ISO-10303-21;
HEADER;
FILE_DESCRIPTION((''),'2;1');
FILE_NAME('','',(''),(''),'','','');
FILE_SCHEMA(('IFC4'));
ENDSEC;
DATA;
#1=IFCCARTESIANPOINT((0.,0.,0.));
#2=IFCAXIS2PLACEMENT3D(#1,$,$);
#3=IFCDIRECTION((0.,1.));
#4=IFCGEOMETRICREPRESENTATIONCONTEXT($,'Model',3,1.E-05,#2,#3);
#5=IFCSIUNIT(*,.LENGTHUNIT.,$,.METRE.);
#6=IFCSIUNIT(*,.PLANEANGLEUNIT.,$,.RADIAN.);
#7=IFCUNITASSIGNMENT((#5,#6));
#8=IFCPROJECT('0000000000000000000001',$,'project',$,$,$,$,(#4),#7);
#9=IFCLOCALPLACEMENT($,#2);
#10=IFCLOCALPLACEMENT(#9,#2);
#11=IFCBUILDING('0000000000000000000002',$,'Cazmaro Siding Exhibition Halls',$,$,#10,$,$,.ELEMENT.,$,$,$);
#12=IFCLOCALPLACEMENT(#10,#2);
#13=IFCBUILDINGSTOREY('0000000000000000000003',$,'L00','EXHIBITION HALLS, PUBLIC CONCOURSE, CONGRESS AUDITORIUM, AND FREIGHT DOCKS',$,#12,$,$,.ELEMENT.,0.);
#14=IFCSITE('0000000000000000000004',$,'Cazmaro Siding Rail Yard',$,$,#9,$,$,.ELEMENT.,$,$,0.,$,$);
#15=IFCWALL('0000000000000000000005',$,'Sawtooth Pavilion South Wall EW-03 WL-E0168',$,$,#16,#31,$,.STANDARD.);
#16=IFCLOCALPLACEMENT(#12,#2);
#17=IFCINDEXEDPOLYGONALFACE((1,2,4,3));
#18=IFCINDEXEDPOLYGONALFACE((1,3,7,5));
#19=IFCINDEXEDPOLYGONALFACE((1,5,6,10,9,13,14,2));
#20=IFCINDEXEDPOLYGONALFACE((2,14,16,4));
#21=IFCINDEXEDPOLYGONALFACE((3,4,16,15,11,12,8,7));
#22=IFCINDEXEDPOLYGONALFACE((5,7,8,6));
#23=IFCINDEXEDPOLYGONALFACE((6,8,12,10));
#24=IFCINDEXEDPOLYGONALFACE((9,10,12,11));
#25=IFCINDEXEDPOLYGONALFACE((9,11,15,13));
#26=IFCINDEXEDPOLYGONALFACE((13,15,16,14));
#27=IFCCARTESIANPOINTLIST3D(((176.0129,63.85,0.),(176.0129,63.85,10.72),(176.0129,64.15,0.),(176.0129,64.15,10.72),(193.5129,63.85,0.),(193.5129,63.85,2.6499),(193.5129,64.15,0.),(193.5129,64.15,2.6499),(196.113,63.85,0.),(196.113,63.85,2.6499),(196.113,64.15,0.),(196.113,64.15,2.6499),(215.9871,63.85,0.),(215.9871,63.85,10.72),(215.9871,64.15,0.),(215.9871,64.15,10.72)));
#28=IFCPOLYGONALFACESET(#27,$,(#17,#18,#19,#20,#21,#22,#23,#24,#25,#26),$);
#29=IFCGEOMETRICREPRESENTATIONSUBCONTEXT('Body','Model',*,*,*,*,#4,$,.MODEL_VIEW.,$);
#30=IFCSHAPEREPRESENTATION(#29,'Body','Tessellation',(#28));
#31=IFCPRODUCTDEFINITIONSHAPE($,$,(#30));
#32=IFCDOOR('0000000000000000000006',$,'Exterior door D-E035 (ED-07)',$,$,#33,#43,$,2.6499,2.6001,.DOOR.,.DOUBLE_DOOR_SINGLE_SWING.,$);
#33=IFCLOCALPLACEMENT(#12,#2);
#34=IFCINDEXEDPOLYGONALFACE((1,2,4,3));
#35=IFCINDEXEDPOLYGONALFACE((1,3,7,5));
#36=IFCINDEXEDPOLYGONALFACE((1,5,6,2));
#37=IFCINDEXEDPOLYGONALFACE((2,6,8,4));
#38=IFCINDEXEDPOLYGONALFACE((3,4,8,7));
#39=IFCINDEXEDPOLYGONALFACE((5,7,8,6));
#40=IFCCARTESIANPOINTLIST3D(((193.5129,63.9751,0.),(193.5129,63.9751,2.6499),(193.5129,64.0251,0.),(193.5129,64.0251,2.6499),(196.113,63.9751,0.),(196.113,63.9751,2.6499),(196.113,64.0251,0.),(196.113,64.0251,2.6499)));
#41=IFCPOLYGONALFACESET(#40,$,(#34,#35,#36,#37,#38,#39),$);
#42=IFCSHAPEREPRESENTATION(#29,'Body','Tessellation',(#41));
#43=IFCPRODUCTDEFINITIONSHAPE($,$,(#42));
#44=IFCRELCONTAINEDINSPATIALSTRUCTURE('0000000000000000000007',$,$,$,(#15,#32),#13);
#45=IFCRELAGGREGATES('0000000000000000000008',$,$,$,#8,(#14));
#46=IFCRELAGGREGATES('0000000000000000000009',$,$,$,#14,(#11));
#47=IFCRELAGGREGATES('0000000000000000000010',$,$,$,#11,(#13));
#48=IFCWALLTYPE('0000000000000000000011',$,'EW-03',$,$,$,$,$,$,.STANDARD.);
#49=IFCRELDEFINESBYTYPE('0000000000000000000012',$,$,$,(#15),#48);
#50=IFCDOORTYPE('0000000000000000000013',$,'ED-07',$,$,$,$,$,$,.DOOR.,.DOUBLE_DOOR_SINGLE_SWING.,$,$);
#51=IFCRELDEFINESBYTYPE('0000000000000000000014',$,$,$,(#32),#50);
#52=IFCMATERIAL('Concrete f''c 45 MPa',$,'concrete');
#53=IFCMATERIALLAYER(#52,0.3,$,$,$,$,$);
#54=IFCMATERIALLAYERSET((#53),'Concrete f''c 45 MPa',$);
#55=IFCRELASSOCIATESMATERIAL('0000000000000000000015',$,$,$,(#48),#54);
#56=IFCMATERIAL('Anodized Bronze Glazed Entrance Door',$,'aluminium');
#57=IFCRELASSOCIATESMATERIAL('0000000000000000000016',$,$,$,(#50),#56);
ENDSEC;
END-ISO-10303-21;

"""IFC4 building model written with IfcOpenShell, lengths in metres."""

from ifc_helpers import new_model, si_unit, direction, frame, frame_2d, origin, place, context, subcontext, project, spatial, rectangle, extrude, material, layer, layer_set, type_object, element, fill, save


model = new_model("IFC4")

# Units and contexts
model_context = context("Model", 3, precision=1e-05, world=origin(), true_north=direction((0.0, 1.0)))
body_context = subcontext(model_context, "Body", "Model", "MODEL_VIEW")
ifc_project = project(units=[si_unit("LENGTHUNIT", "METRE"), si_unit("PLANEANGLEUNIT", "RADIAN")], contexts=[model_context])

# Site, building, storey
site_placement = place(None, origin())
site = spatial("IfcSite", under=ifc_project, at=site_placement, Name="Cazmaro Siding Rail Yard", CompositionType="ELEMENT", RefElevation=0.0)
building_placement = place(site_placement, origin())
building = spatial("IfcBuilding", under=site, at=building_placement, Name="Cazmaro Siding Exhibition Halls", CompositionType="ELEMENT")
storey_placement = place(building_placement, origin())
storey = spatial("IfcBuildingStorey", under=building, at=storey_placement, Name="L00", Description="EXHIBITION HALLS, PUBLIC CONCOURSE, CONGRESS AUDITORIUM, AND FREIGHT DOCKS", CompositionType="ELEMENT", Elevation=0.0)

# Wall, opening, door
ifc_material_1 = material(Name="Concrete f'c 45 MPa", Category="concrete")
ifc_layer_1 = layer(ifc_material_1, 0.3)
ifc_layer_set_1 = layer_set([ifc_layer_1], Name="Concrete f'c 45 MPa")
wall_type_1 = type_object("IfcWallType", Name="EW-03", PredefinedType="STANDARD", material=ifc_layer_set_1)
wall_1_placement = place(storey_placement, frame((215.9871, 64.0, 0.0), z_axis=(0.0, 0.0, 1.0), x_axis=(-1.0, 0.0, 0.0)))
wall_1 = element("IfcWall", 1, at=wall_1_placement, inside=storey, type_object=wall_type_1, Name="Sawtooth Pavilion South Wall EW-03 WL-E0168", PredefinedType="STANDARD", context=body_context, shape_type="SweptSolid", body=[
    extrude(rectangle(XDim=39.9741, YDim=0.3, at=frame_2d((19.9871, 0.0))), origin(), (0.0, 0.0, 1.0), 10.72),
])
opening_placement = place(wall_1_placement, frame((19.874, 0.0, 0.0)))
opening = element("IfcOpeningElement", 2, at=opening_placement, cuts=wall_1, PredefinedType="OPENING", context=body_context, shape_type="SweptSolid", body=[
    extrude(rectangle(XDim=2.6001, YDim=2.6499, at=frame_2d((1.3, 1.325))), frame((0.0, 0.1599, 0.0), z_axis=(0.0, -1.0, 0.0), x_axis=(1.0, 0.0, 0.0)), (0.0, 0.0, 1.0), 0.3201),
])
ifc_material_2 = material(Name="Anodized Bronze Glazed Entrance Door", Category="aluminium")
door_type = type_object("IfcDoorType", Name="ED-07", OperationType="DOUBLE_DOOR_SINGLE_SWING", PredefinedType="DOOR", material=ifc_material_2)
door_placement = place(opening_placement, origin())
door = element("IfcDoor", 3, at=door_placement, inside=storey, type_object=door_type, Name="Exterior door D-E035 (ED-07)", OperationType="DOUBLE_DOOR_SINGLE_SWING", OverallHeight=2.6499, OverallWidth=2.6001, PredefinedType="DOOR", context=body_context, shape_type="SweptSolid", body=[
    extrude(rectangle(XDim=2.6001, YDim=2.6499, at=frame_2d((1.3, 1.325))), frame((0.0, 0.0249, 0.0), z_axis=(0.0, -1.0, 0.0), x_axis=(1.0, 0.0, 0.0)), (0.0, 0.0, 1.0), 0.05),
])
fill(opening, door)

save(model, "model.ifc")
